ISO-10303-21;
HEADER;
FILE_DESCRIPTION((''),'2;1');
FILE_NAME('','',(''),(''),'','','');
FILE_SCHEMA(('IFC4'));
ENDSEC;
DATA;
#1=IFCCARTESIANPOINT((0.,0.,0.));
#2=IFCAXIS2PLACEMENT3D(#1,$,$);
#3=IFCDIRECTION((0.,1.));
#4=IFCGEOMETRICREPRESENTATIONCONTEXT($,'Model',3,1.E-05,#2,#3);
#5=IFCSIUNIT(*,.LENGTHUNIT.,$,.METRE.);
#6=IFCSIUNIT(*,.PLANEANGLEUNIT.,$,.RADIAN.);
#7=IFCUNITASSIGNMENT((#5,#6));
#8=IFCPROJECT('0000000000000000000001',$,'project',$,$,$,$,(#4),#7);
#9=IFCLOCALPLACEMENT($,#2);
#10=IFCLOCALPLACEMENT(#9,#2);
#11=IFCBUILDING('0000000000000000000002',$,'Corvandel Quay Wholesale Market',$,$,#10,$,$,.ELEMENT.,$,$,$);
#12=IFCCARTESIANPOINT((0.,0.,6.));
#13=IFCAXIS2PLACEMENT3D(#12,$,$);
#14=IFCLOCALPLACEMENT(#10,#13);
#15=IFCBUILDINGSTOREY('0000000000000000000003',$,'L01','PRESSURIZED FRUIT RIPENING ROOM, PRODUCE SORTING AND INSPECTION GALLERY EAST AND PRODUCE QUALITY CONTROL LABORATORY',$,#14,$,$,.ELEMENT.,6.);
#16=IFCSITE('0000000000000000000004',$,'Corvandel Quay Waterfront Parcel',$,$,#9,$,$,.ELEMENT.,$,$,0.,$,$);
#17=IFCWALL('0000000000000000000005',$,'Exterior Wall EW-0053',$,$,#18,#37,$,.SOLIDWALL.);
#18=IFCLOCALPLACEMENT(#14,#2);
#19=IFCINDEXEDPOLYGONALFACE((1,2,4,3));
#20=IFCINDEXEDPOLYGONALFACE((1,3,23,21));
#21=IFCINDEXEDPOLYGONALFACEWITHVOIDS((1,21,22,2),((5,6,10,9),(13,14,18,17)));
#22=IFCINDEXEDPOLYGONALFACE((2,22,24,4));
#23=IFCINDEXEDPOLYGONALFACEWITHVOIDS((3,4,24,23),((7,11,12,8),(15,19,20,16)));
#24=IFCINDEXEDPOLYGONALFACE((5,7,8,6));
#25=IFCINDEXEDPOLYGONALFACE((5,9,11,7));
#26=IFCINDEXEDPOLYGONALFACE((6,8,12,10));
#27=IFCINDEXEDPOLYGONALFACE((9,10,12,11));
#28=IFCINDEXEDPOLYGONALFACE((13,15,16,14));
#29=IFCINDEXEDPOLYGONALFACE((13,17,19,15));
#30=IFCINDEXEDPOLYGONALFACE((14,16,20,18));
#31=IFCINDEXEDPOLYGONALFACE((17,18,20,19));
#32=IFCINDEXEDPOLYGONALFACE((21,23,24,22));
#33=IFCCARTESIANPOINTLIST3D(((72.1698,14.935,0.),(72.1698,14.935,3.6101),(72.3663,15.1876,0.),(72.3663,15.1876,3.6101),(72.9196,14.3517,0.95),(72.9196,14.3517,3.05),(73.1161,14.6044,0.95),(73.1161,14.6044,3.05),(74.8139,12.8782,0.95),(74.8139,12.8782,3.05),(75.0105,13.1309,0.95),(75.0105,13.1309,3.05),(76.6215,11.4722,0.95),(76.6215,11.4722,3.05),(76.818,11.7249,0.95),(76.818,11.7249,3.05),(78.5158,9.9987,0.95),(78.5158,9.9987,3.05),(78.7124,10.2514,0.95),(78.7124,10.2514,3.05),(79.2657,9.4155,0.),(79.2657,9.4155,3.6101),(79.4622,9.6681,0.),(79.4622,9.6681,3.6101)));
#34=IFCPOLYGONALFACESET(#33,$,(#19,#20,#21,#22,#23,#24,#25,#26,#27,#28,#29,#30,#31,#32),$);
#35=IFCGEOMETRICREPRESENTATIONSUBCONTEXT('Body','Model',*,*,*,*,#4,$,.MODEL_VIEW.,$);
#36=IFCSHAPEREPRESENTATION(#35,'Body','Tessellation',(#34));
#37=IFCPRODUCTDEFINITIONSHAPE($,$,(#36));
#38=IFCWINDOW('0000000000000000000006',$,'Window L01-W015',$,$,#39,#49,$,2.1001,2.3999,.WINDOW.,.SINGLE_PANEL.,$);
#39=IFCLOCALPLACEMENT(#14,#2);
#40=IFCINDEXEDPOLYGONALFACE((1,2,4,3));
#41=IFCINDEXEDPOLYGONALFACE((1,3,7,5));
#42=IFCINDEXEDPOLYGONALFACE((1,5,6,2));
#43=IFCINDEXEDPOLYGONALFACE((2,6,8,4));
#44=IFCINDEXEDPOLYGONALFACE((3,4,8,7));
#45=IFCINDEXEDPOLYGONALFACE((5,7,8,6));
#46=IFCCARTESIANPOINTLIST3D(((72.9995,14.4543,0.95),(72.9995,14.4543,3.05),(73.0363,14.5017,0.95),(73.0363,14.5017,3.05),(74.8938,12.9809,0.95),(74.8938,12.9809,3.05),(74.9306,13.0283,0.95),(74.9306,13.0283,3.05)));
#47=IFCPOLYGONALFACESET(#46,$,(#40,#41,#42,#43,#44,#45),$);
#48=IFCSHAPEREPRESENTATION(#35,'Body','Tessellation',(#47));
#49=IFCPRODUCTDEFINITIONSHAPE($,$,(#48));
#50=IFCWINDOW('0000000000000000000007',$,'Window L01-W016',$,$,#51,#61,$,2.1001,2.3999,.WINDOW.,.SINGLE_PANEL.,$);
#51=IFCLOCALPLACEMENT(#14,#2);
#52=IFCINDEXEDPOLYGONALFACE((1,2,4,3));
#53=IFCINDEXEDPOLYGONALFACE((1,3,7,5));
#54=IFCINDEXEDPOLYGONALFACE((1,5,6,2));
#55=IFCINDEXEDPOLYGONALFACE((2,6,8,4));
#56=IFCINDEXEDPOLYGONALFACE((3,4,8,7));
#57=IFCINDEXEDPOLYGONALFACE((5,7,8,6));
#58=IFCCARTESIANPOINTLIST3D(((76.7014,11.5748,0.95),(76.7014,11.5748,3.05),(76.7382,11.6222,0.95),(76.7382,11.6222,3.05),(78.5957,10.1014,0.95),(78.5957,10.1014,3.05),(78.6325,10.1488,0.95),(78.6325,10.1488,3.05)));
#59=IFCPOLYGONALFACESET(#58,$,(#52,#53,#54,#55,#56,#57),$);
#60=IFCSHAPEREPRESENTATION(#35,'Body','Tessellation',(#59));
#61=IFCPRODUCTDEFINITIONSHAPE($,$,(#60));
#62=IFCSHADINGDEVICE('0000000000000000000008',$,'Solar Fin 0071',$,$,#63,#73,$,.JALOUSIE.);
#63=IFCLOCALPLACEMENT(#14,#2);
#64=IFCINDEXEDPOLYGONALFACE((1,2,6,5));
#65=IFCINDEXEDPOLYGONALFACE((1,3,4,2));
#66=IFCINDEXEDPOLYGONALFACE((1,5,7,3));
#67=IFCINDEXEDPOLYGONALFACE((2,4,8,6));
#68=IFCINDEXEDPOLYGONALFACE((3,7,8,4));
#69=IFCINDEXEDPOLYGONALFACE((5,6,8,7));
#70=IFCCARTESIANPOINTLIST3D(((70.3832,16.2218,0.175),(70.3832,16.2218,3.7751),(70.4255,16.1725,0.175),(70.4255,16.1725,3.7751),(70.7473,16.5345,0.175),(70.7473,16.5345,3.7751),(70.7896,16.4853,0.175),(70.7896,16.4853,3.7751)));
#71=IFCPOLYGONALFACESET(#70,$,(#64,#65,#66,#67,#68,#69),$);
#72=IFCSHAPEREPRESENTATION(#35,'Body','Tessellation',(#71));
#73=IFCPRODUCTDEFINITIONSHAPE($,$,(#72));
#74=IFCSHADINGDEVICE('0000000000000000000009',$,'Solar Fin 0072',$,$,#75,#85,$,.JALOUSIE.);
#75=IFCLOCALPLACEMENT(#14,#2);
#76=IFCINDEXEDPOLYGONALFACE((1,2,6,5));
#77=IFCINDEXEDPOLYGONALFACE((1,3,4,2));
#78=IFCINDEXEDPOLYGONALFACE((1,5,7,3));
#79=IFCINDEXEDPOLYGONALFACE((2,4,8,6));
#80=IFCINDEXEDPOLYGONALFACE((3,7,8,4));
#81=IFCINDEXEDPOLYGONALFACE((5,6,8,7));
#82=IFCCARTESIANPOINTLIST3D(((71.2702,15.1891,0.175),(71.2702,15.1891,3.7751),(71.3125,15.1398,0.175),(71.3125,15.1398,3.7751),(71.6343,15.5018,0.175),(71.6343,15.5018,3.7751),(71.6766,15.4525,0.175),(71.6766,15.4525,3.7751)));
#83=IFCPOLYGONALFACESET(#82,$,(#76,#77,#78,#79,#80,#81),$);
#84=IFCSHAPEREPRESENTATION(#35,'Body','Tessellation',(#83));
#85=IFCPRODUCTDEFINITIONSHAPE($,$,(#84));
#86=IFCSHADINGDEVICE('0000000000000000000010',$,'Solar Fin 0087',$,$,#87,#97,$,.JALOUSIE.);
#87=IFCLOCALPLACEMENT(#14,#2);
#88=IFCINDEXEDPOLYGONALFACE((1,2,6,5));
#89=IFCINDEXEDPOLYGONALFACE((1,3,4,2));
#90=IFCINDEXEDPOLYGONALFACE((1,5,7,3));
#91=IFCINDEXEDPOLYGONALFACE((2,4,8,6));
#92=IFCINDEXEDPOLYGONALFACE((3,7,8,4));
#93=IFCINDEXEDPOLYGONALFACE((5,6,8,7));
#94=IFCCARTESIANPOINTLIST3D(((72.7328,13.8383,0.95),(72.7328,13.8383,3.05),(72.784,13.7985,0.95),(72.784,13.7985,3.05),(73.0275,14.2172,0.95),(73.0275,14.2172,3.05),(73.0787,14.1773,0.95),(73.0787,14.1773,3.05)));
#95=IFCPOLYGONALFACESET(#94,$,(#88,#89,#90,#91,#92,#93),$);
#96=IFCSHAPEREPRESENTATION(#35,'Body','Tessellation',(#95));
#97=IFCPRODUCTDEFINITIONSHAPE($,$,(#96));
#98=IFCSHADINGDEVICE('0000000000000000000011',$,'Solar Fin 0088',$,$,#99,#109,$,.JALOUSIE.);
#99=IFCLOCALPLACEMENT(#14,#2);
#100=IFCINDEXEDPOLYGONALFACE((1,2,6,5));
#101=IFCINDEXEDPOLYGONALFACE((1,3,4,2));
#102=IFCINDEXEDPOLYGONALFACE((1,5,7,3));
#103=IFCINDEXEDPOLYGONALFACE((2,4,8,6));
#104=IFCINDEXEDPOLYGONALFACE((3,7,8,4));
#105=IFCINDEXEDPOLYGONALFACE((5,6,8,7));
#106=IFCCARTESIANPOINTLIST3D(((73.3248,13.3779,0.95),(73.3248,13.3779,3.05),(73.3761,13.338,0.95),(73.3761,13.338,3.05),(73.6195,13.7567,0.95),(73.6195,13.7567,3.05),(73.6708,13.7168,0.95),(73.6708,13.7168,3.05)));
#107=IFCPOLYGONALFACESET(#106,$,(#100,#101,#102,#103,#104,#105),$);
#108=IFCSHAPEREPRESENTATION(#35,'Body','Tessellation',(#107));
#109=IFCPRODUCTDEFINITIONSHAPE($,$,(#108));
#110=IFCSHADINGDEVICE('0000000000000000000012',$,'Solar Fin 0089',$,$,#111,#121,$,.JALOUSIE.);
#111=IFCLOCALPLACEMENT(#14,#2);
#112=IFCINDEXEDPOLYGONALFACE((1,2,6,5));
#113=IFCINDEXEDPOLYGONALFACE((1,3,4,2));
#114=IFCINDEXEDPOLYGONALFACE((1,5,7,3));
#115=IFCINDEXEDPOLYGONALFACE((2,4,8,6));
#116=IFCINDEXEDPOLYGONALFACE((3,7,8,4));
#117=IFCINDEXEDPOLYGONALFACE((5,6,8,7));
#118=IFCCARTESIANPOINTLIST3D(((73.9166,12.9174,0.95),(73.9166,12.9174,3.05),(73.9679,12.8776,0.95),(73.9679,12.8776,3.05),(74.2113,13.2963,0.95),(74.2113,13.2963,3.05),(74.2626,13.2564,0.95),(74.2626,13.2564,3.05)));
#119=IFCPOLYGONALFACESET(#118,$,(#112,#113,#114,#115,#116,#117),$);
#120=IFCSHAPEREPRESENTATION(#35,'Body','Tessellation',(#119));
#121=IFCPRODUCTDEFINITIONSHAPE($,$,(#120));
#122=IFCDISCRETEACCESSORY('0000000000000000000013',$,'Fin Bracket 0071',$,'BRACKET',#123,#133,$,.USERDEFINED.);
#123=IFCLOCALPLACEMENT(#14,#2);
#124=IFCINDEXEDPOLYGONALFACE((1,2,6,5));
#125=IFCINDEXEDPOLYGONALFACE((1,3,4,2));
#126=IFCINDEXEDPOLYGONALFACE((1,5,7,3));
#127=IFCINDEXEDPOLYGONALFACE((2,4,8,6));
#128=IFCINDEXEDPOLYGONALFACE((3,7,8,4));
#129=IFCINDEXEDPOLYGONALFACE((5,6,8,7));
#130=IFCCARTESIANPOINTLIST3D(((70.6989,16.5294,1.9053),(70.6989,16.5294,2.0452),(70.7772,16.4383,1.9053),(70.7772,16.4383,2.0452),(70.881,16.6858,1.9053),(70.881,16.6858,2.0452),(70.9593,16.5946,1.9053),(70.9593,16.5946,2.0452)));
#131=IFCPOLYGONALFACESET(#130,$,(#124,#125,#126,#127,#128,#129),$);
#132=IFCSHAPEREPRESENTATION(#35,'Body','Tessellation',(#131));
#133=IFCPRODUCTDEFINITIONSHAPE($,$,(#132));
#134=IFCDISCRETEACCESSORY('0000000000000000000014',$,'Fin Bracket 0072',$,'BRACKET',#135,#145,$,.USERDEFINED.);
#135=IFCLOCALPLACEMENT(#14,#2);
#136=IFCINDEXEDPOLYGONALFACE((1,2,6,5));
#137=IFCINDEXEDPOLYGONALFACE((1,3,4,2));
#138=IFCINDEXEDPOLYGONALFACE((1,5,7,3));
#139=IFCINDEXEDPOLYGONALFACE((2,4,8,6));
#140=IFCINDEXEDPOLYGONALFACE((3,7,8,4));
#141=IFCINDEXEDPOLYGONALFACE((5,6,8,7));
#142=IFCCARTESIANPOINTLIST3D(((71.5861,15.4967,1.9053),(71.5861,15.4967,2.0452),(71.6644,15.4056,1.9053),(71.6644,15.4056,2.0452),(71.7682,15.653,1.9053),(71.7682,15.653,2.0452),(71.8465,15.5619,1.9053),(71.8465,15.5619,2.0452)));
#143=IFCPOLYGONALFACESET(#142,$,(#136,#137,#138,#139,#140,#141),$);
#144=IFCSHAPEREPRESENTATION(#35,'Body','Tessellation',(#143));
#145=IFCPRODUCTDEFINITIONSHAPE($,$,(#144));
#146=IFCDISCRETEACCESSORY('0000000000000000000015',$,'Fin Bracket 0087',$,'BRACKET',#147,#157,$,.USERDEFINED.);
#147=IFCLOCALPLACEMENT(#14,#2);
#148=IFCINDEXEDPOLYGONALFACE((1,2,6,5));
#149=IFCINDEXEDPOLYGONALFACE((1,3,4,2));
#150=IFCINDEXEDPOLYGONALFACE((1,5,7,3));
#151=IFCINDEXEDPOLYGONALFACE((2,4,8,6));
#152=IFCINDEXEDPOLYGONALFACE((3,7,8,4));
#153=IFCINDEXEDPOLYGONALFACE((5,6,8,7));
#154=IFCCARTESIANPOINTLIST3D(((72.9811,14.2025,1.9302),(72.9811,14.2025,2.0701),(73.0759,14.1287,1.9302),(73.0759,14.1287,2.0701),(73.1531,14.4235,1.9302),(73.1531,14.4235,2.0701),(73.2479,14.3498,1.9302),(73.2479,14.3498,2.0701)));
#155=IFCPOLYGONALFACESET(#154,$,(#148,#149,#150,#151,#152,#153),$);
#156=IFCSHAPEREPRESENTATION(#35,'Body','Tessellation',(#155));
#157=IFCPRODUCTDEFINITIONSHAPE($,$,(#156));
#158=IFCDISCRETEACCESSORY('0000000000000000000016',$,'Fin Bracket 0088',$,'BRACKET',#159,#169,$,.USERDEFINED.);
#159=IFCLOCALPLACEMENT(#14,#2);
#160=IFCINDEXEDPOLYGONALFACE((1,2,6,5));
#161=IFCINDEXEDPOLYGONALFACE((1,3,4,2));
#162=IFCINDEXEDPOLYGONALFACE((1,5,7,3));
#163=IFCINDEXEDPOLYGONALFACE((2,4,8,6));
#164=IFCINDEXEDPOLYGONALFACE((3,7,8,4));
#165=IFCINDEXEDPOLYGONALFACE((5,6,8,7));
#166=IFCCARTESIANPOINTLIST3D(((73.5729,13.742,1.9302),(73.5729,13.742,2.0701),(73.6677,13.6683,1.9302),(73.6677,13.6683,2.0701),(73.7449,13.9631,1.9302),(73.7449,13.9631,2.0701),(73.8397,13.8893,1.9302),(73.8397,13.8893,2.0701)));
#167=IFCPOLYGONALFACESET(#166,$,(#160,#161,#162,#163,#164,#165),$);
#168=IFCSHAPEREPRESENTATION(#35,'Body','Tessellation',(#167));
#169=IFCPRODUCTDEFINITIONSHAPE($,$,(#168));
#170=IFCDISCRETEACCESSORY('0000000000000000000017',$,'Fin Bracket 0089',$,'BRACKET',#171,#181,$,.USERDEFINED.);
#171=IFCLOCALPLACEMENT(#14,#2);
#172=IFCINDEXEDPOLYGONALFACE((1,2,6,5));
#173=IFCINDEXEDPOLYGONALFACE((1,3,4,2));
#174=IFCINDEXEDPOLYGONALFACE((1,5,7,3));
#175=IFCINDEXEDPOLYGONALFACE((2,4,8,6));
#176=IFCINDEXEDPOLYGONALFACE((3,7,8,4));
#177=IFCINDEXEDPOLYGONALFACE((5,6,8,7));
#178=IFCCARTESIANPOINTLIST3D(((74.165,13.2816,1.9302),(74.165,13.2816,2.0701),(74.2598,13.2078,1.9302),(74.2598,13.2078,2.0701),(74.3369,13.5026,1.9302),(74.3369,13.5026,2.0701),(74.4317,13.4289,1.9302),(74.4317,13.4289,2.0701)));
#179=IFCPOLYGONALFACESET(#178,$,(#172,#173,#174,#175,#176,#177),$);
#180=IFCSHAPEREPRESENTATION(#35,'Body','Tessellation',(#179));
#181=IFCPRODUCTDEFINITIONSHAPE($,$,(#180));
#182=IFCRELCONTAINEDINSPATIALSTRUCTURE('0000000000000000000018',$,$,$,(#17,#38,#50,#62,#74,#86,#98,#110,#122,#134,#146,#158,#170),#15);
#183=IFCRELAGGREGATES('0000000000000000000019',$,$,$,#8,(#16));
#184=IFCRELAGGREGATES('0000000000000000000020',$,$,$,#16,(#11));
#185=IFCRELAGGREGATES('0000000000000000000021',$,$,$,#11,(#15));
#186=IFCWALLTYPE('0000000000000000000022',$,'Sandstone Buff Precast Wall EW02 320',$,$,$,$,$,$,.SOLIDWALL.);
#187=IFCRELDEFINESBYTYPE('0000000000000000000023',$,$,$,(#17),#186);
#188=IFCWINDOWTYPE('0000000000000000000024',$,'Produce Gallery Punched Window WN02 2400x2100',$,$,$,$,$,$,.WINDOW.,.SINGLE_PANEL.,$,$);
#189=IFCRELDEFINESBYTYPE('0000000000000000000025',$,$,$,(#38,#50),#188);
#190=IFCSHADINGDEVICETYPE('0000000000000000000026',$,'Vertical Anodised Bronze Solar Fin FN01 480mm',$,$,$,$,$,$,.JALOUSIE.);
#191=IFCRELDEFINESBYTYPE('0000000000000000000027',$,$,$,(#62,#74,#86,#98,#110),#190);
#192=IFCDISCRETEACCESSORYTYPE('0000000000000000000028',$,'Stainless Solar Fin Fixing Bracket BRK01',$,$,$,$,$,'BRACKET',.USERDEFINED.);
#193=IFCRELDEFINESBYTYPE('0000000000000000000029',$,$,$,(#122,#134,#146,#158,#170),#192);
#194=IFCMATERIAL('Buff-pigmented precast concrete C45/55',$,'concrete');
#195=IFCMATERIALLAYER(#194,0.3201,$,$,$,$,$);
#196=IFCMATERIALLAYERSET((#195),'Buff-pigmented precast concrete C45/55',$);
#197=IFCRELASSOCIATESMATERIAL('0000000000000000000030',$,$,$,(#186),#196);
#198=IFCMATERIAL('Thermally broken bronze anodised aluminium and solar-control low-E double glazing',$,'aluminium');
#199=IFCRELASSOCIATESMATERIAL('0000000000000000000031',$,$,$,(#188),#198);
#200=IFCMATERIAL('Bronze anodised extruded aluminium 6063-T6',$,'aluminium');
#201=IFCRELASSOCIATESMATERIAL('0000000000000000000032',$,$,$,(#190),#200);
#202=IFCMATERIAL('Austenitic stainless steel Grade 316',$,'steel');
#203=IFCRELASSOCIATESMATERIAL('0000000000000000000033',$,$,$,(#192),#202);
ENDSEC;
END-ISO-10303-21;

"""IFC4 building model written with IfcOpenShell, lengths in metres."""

from ifc_helpers import new_model, si_unit, direction, frame, frame_2d, origin, origin_2d, place, context, subcontext, project, spatial, rectangle, extrude, material, layer, layer_set, type_object, element, fill, save


model = new_model("IFC4")

# Units and contexts
model_context = context("Model", 3, precision=1e-05, world=origin(), true_north=direction((0.0, 1.0)))
body_context = subcontext(model_context, "Body", "Model", "MODEL_VIEW")
ifc_project = project(units=[si_unit("LENGTHUNIT", "METRE"), si_unit("PLANEANGLEUNIT", "RADIAN")], contexts=[model_context])

# Site, building, storey
site_placement = place(None, origin())
site = spatial("IfcSite", under=ifc_project, at=site_placement, Name="Corvandel Quay Waterfront Parcel", CompositionType="ELEMENT", RefElevation=0.0)
building_placement = place(site_placement, origin())
building = spatial("IfcBuilding", under=site, at=building_placement, Name="Corvandel Quay Wholesale Market", CompositionType="ELEMENT")
storey_placement = place(building_placement, frame((0.0, 0.0, 6.0)))
storey = spatial("IfcBuildingStorey", under=building, at=storey_placement, Name="L01", Description="PRESSURIZED FRUIT RIPENING ROOM, PRODUCE SORTING AND INSPECTION GALLERY EAST AND PRODUCE QUALITY CONTROL LABORATORY", CompositionType="ELEMENT", Elevation=6.0)

# Wall, openings, windows
ifc_material_1 = material(Name="Buff-pigmented precast concrete C45/55", Category="concrete")
ifc_layer_1 = layer(ifc_material_1, 0.3201)
ifc_layer_set_1 = layer_set([ifc_layer_1], Name="Buff-pigmented precast concrete C45/55")
wall_type_1 = type_object("IfcWallType", Name="Sandstone Buff Precast Wall EW02 320", PredefinedType="SOLIDWALL", material=ifc_layer_set_1)
wall_1_placement = place(storey_placement, frame((72.2681, 15.0613, 0.0), z_axis=(0.0, 0.0, 1.0), x_axis=(0.789327, -0.613973, 0.0)))
wall_1 = element("IfcWall", 1, at=wall_1_placement, inside=storey, type_object=wall_type_1, Name="Exterior Wall EW-0053", PredefinedType="SOLIDWALL", context=body_context, shape_type="SweptSolid", body=[
    extrude(rectangle(XDim=8.9897, YDim=0.3201, at=frame_2d((4.4949, 0.0))), origin(), (0.0, 0.0, 1.0), 3.6101),
])
opening_1_placement = place(wall_1_placement, frame((0.95, 0.0, 0.95)))
opening_1 = element("IfcOpeningElement", 2, at=opening_1_placement, cuts=wall_1, PredefinedType="OPENING", context=body_context, shape_type="SweptSolid", body=[
    extrude(rectangle(XDim=2.3999, YDim=2.1001, at=frame_2d((1.2, 1.05))), frame((0.0, 0.1699, 0.0), z_axis=(0.0, -1.0, 0.0), x_axis=(1.0, 0.0, 0.0)), (0.0, 0.0, 1.0), 0.3401),
])
opening_2_placement = place(wall_1_placement, frame((5.6399, 0.0, 0.95)))
opening_2 = element("IfcOpeningElement", 3, at=opening_2_placement, cuts=wall_1, PredefinedType="OPENING", context=body_context, shape_type="SweptSolid", body=[
    extrude(rectangle(XDim=2.3999, YDim=2.1001, at=frame_2d((1.2, 1.05))), frame((0.0, 0.1699, 0.0), z_axis=(0.0, -1.0, 0.0), x_axis=(1.0, 0.0, 0.0)), (0.0, 0.0, 1.0), 0.3401),
])
ifc_material_2 = material(Name="Thermally broken bronze anodised aluminium and solar-control low-E double glazing", Category="aluminium")
window_type = type_object("IfcWindowType", Name="Produce Gallery Punched Window WN02 2400x2100", PartitioningType="SINGLE_PANEL", PredefinedType="WINDOW", material=ifc_material_2)
window_1_placement = place(opening_1_placement, origin())
window_1 = element("IfcWindow", 4, at=window_1_placement, inside=storey, type_object=window_type, Name="Window L01-W015", OverallHeight=2.1001, OverallWidth=2.3999, PartitioningType="SINGLE_PANEL", PredefinedType="WINDOW", context=body_context, shape_type="SweptSolid", body=[
    extrude(rectangle(XDim=2.3999, YDim=2.1001, at=frame_2d((1.2, 1.05))), frame((0.0, 0.03, 0.0), z_axis=(0.0, -1.0, 0.0), x_axis=(1.0, 0.0, 0.0)), (0.0, 0.0, 1.0), 0.0601),
])
fill(opening_1, window_1)
window_2_placement = place(opening_2_placement, origin())
window_2 = element("IfcWindow", 5, at=window_2_placement, inside=storey, type_object=window_type, Name="Window L01-W016", OverallHeight=2.1001, OverallWidth=2.3999, PartitioningType="SINGLE_PANEL", PredefinedType="WINDOW", context=body_context, shape_type="SweptSolid", body=[
    extrude(rectangle(XDim=2.3999, YDim=2.1001, at=frame_2d((1.2, 1.05))), frame((0.0, 0.03, 0.0), z_axis=(0.0, -1.0, 0.0), x_axis=(1.0, 0.0, 0.0)), (0.0, 0.0, 1.0), 0.0601),
])
fill(opening_2, window_2)

# Shading devices
ifc_material_3 = material(Name="Bronze anodised extruded aluminium 6063-T6", Category="aluminium")
shading_device_type = type_object("IfcShadingDeviceType", Name="Vertical Anodised Bronze Solar Fin FN01 480mm", PredefinedType="JALOUSIE", material=ifc_material_3)
for number, where, z_axis, x_axis, name in (
    (6, (70.5864, 16.3535, 0.175), (0.0, 0.0, 1.0), (0.758589, 0.651569, 0.0), "Solar Fin 0071"),
    (7, (71.4734, 15.3208, 0.175), (0.0, 0.0, 1.0), (0.758589, 0.651569, 0.0), "Solar Fin 0072"),
):
    element("IfcShadingDevice", number, at=place(storey_placement, frame(where, z_axis=z_axis, x_axis=x_axis)), inside=storey, type_object=shading_device_type, Name=name, PredefinedType="JALOUSIE", context=body_context, shape_type="SweptSolid", body=[
        extrude(rectangle(XDim=0.48, YDim=0.0649, at=origin_2d()), origin(), (0.0, 0.0, 1.0), 3.6001),
    ])
for number, where, z_axis, x_axis, name in (
    (8, (72.9058, 14.0078, 0.95), (0.0, 0.0, 1.0), (0.61401, 0.789298, 0.0), "Solar Fin 0087"),
    (9, (73.4978, 13.5474, 0.95), (0.0, 0.0, 1.0), (0.61401, 0.789298, 0.0), "Solar Fin 0088"),
    (10, (74.0896, 13.0869, 0.95), (0.0, 0.0, 1.0), (0.61401, 0.789298, 0.0), "Solar Fin 0089"),
):
    element("IfcShadingDevice", number, at=place(storey_placement, frame(where, z_axis=z_axis, x_axis=x_axis)), inside=storey, type_object=shading_device_type, Name=name, PredefinedType="JALOUSIE", context=body_context, shape_type="SweptSolid", body=[
        extrude(rectangle(XDim=0.48, YDim=0.0649, at=origin_2d()), origin(), (0.0, 0.0, 1.0), 2.1001),
    ])

# Discrete accessories
ifc_material_4 = material(Name="Austenitic stainless steel Grade 316", Category="steel")
discrete_accessory_type = type_object("IfcDiscreteAccessoryType", Name="Stainless Solar Fin Fixing Bracket BRK01", ElementType="BRACKET", PredefinedType="USERDEFINED", material=ifc_material_4)
for number, where, z_axis, x_axis, name in (
    (11, (70.8291, 16.562, 1.9053), (0.0, 0.0, 1.0), (0.758589, 0.651569, 0.0), "Fin Bracket 0071"),
    (12, (71.7163, 15.5293, 1.9053), (0.0, 0.0, 1.0), (0.758589, 0.651569, 0.0), "Fin Bracket 0072"),
):
    element("IfcDiscreteAccessory", number, at=place(storey_placement, frame(where, z_axis=z_axis, x_axis=x_axis)), inside=storey, type_object=discrete_accessory_type, Name=name, ObjectType="BRACKET", PredefinedType="USERDEFINED", context=body_context, shape_type="SweptSolid", body=[
        extrude(rectangle(XDim=0.24, YDim=0.1201, at=origin_2d()), origin(), (0.0, 0.0, 1.0), 0.1399),
    ])
for number, where, z_axis, x_axis, name in (
    (13, (73.1145, 14.2761, 1.9302), (0.0, 0.0, 1.0), (0.61401, 0.789298, 0.0), "Fin Bracket 0087"),
    (14, (73.7063, 13.8157, 1.9302), (0.0, 0.0, 1.0), (0.61401, 0.789298, 0.0), "Fin Bracket 0088"),
    (15, (74.2983, 13.3552, 1.9302), (0.0, 0.0, 1.0), (0.61401, 0.789298, 0.0), "Fin Bracket 0089"),
):
    element("IfcDiscreteAccessory", number, at=place(storey_placement, frame(where, z_axis=z_axis, x_axis=x_axis)), inside=storey, type_object=discrete_accessory_type, Name=name, ObjectType="BRACKET", PredefinedType="USERDEFINED", context=body_context, shape_type="SweptSolid", body=[
        extrude(rectangle(XDim=0.28, YDim=0.1201, at=origin_2d()), origin(), (0.0, 0.0, 1.0), 0.1399),
    ])

save(model, "model.ifc")
